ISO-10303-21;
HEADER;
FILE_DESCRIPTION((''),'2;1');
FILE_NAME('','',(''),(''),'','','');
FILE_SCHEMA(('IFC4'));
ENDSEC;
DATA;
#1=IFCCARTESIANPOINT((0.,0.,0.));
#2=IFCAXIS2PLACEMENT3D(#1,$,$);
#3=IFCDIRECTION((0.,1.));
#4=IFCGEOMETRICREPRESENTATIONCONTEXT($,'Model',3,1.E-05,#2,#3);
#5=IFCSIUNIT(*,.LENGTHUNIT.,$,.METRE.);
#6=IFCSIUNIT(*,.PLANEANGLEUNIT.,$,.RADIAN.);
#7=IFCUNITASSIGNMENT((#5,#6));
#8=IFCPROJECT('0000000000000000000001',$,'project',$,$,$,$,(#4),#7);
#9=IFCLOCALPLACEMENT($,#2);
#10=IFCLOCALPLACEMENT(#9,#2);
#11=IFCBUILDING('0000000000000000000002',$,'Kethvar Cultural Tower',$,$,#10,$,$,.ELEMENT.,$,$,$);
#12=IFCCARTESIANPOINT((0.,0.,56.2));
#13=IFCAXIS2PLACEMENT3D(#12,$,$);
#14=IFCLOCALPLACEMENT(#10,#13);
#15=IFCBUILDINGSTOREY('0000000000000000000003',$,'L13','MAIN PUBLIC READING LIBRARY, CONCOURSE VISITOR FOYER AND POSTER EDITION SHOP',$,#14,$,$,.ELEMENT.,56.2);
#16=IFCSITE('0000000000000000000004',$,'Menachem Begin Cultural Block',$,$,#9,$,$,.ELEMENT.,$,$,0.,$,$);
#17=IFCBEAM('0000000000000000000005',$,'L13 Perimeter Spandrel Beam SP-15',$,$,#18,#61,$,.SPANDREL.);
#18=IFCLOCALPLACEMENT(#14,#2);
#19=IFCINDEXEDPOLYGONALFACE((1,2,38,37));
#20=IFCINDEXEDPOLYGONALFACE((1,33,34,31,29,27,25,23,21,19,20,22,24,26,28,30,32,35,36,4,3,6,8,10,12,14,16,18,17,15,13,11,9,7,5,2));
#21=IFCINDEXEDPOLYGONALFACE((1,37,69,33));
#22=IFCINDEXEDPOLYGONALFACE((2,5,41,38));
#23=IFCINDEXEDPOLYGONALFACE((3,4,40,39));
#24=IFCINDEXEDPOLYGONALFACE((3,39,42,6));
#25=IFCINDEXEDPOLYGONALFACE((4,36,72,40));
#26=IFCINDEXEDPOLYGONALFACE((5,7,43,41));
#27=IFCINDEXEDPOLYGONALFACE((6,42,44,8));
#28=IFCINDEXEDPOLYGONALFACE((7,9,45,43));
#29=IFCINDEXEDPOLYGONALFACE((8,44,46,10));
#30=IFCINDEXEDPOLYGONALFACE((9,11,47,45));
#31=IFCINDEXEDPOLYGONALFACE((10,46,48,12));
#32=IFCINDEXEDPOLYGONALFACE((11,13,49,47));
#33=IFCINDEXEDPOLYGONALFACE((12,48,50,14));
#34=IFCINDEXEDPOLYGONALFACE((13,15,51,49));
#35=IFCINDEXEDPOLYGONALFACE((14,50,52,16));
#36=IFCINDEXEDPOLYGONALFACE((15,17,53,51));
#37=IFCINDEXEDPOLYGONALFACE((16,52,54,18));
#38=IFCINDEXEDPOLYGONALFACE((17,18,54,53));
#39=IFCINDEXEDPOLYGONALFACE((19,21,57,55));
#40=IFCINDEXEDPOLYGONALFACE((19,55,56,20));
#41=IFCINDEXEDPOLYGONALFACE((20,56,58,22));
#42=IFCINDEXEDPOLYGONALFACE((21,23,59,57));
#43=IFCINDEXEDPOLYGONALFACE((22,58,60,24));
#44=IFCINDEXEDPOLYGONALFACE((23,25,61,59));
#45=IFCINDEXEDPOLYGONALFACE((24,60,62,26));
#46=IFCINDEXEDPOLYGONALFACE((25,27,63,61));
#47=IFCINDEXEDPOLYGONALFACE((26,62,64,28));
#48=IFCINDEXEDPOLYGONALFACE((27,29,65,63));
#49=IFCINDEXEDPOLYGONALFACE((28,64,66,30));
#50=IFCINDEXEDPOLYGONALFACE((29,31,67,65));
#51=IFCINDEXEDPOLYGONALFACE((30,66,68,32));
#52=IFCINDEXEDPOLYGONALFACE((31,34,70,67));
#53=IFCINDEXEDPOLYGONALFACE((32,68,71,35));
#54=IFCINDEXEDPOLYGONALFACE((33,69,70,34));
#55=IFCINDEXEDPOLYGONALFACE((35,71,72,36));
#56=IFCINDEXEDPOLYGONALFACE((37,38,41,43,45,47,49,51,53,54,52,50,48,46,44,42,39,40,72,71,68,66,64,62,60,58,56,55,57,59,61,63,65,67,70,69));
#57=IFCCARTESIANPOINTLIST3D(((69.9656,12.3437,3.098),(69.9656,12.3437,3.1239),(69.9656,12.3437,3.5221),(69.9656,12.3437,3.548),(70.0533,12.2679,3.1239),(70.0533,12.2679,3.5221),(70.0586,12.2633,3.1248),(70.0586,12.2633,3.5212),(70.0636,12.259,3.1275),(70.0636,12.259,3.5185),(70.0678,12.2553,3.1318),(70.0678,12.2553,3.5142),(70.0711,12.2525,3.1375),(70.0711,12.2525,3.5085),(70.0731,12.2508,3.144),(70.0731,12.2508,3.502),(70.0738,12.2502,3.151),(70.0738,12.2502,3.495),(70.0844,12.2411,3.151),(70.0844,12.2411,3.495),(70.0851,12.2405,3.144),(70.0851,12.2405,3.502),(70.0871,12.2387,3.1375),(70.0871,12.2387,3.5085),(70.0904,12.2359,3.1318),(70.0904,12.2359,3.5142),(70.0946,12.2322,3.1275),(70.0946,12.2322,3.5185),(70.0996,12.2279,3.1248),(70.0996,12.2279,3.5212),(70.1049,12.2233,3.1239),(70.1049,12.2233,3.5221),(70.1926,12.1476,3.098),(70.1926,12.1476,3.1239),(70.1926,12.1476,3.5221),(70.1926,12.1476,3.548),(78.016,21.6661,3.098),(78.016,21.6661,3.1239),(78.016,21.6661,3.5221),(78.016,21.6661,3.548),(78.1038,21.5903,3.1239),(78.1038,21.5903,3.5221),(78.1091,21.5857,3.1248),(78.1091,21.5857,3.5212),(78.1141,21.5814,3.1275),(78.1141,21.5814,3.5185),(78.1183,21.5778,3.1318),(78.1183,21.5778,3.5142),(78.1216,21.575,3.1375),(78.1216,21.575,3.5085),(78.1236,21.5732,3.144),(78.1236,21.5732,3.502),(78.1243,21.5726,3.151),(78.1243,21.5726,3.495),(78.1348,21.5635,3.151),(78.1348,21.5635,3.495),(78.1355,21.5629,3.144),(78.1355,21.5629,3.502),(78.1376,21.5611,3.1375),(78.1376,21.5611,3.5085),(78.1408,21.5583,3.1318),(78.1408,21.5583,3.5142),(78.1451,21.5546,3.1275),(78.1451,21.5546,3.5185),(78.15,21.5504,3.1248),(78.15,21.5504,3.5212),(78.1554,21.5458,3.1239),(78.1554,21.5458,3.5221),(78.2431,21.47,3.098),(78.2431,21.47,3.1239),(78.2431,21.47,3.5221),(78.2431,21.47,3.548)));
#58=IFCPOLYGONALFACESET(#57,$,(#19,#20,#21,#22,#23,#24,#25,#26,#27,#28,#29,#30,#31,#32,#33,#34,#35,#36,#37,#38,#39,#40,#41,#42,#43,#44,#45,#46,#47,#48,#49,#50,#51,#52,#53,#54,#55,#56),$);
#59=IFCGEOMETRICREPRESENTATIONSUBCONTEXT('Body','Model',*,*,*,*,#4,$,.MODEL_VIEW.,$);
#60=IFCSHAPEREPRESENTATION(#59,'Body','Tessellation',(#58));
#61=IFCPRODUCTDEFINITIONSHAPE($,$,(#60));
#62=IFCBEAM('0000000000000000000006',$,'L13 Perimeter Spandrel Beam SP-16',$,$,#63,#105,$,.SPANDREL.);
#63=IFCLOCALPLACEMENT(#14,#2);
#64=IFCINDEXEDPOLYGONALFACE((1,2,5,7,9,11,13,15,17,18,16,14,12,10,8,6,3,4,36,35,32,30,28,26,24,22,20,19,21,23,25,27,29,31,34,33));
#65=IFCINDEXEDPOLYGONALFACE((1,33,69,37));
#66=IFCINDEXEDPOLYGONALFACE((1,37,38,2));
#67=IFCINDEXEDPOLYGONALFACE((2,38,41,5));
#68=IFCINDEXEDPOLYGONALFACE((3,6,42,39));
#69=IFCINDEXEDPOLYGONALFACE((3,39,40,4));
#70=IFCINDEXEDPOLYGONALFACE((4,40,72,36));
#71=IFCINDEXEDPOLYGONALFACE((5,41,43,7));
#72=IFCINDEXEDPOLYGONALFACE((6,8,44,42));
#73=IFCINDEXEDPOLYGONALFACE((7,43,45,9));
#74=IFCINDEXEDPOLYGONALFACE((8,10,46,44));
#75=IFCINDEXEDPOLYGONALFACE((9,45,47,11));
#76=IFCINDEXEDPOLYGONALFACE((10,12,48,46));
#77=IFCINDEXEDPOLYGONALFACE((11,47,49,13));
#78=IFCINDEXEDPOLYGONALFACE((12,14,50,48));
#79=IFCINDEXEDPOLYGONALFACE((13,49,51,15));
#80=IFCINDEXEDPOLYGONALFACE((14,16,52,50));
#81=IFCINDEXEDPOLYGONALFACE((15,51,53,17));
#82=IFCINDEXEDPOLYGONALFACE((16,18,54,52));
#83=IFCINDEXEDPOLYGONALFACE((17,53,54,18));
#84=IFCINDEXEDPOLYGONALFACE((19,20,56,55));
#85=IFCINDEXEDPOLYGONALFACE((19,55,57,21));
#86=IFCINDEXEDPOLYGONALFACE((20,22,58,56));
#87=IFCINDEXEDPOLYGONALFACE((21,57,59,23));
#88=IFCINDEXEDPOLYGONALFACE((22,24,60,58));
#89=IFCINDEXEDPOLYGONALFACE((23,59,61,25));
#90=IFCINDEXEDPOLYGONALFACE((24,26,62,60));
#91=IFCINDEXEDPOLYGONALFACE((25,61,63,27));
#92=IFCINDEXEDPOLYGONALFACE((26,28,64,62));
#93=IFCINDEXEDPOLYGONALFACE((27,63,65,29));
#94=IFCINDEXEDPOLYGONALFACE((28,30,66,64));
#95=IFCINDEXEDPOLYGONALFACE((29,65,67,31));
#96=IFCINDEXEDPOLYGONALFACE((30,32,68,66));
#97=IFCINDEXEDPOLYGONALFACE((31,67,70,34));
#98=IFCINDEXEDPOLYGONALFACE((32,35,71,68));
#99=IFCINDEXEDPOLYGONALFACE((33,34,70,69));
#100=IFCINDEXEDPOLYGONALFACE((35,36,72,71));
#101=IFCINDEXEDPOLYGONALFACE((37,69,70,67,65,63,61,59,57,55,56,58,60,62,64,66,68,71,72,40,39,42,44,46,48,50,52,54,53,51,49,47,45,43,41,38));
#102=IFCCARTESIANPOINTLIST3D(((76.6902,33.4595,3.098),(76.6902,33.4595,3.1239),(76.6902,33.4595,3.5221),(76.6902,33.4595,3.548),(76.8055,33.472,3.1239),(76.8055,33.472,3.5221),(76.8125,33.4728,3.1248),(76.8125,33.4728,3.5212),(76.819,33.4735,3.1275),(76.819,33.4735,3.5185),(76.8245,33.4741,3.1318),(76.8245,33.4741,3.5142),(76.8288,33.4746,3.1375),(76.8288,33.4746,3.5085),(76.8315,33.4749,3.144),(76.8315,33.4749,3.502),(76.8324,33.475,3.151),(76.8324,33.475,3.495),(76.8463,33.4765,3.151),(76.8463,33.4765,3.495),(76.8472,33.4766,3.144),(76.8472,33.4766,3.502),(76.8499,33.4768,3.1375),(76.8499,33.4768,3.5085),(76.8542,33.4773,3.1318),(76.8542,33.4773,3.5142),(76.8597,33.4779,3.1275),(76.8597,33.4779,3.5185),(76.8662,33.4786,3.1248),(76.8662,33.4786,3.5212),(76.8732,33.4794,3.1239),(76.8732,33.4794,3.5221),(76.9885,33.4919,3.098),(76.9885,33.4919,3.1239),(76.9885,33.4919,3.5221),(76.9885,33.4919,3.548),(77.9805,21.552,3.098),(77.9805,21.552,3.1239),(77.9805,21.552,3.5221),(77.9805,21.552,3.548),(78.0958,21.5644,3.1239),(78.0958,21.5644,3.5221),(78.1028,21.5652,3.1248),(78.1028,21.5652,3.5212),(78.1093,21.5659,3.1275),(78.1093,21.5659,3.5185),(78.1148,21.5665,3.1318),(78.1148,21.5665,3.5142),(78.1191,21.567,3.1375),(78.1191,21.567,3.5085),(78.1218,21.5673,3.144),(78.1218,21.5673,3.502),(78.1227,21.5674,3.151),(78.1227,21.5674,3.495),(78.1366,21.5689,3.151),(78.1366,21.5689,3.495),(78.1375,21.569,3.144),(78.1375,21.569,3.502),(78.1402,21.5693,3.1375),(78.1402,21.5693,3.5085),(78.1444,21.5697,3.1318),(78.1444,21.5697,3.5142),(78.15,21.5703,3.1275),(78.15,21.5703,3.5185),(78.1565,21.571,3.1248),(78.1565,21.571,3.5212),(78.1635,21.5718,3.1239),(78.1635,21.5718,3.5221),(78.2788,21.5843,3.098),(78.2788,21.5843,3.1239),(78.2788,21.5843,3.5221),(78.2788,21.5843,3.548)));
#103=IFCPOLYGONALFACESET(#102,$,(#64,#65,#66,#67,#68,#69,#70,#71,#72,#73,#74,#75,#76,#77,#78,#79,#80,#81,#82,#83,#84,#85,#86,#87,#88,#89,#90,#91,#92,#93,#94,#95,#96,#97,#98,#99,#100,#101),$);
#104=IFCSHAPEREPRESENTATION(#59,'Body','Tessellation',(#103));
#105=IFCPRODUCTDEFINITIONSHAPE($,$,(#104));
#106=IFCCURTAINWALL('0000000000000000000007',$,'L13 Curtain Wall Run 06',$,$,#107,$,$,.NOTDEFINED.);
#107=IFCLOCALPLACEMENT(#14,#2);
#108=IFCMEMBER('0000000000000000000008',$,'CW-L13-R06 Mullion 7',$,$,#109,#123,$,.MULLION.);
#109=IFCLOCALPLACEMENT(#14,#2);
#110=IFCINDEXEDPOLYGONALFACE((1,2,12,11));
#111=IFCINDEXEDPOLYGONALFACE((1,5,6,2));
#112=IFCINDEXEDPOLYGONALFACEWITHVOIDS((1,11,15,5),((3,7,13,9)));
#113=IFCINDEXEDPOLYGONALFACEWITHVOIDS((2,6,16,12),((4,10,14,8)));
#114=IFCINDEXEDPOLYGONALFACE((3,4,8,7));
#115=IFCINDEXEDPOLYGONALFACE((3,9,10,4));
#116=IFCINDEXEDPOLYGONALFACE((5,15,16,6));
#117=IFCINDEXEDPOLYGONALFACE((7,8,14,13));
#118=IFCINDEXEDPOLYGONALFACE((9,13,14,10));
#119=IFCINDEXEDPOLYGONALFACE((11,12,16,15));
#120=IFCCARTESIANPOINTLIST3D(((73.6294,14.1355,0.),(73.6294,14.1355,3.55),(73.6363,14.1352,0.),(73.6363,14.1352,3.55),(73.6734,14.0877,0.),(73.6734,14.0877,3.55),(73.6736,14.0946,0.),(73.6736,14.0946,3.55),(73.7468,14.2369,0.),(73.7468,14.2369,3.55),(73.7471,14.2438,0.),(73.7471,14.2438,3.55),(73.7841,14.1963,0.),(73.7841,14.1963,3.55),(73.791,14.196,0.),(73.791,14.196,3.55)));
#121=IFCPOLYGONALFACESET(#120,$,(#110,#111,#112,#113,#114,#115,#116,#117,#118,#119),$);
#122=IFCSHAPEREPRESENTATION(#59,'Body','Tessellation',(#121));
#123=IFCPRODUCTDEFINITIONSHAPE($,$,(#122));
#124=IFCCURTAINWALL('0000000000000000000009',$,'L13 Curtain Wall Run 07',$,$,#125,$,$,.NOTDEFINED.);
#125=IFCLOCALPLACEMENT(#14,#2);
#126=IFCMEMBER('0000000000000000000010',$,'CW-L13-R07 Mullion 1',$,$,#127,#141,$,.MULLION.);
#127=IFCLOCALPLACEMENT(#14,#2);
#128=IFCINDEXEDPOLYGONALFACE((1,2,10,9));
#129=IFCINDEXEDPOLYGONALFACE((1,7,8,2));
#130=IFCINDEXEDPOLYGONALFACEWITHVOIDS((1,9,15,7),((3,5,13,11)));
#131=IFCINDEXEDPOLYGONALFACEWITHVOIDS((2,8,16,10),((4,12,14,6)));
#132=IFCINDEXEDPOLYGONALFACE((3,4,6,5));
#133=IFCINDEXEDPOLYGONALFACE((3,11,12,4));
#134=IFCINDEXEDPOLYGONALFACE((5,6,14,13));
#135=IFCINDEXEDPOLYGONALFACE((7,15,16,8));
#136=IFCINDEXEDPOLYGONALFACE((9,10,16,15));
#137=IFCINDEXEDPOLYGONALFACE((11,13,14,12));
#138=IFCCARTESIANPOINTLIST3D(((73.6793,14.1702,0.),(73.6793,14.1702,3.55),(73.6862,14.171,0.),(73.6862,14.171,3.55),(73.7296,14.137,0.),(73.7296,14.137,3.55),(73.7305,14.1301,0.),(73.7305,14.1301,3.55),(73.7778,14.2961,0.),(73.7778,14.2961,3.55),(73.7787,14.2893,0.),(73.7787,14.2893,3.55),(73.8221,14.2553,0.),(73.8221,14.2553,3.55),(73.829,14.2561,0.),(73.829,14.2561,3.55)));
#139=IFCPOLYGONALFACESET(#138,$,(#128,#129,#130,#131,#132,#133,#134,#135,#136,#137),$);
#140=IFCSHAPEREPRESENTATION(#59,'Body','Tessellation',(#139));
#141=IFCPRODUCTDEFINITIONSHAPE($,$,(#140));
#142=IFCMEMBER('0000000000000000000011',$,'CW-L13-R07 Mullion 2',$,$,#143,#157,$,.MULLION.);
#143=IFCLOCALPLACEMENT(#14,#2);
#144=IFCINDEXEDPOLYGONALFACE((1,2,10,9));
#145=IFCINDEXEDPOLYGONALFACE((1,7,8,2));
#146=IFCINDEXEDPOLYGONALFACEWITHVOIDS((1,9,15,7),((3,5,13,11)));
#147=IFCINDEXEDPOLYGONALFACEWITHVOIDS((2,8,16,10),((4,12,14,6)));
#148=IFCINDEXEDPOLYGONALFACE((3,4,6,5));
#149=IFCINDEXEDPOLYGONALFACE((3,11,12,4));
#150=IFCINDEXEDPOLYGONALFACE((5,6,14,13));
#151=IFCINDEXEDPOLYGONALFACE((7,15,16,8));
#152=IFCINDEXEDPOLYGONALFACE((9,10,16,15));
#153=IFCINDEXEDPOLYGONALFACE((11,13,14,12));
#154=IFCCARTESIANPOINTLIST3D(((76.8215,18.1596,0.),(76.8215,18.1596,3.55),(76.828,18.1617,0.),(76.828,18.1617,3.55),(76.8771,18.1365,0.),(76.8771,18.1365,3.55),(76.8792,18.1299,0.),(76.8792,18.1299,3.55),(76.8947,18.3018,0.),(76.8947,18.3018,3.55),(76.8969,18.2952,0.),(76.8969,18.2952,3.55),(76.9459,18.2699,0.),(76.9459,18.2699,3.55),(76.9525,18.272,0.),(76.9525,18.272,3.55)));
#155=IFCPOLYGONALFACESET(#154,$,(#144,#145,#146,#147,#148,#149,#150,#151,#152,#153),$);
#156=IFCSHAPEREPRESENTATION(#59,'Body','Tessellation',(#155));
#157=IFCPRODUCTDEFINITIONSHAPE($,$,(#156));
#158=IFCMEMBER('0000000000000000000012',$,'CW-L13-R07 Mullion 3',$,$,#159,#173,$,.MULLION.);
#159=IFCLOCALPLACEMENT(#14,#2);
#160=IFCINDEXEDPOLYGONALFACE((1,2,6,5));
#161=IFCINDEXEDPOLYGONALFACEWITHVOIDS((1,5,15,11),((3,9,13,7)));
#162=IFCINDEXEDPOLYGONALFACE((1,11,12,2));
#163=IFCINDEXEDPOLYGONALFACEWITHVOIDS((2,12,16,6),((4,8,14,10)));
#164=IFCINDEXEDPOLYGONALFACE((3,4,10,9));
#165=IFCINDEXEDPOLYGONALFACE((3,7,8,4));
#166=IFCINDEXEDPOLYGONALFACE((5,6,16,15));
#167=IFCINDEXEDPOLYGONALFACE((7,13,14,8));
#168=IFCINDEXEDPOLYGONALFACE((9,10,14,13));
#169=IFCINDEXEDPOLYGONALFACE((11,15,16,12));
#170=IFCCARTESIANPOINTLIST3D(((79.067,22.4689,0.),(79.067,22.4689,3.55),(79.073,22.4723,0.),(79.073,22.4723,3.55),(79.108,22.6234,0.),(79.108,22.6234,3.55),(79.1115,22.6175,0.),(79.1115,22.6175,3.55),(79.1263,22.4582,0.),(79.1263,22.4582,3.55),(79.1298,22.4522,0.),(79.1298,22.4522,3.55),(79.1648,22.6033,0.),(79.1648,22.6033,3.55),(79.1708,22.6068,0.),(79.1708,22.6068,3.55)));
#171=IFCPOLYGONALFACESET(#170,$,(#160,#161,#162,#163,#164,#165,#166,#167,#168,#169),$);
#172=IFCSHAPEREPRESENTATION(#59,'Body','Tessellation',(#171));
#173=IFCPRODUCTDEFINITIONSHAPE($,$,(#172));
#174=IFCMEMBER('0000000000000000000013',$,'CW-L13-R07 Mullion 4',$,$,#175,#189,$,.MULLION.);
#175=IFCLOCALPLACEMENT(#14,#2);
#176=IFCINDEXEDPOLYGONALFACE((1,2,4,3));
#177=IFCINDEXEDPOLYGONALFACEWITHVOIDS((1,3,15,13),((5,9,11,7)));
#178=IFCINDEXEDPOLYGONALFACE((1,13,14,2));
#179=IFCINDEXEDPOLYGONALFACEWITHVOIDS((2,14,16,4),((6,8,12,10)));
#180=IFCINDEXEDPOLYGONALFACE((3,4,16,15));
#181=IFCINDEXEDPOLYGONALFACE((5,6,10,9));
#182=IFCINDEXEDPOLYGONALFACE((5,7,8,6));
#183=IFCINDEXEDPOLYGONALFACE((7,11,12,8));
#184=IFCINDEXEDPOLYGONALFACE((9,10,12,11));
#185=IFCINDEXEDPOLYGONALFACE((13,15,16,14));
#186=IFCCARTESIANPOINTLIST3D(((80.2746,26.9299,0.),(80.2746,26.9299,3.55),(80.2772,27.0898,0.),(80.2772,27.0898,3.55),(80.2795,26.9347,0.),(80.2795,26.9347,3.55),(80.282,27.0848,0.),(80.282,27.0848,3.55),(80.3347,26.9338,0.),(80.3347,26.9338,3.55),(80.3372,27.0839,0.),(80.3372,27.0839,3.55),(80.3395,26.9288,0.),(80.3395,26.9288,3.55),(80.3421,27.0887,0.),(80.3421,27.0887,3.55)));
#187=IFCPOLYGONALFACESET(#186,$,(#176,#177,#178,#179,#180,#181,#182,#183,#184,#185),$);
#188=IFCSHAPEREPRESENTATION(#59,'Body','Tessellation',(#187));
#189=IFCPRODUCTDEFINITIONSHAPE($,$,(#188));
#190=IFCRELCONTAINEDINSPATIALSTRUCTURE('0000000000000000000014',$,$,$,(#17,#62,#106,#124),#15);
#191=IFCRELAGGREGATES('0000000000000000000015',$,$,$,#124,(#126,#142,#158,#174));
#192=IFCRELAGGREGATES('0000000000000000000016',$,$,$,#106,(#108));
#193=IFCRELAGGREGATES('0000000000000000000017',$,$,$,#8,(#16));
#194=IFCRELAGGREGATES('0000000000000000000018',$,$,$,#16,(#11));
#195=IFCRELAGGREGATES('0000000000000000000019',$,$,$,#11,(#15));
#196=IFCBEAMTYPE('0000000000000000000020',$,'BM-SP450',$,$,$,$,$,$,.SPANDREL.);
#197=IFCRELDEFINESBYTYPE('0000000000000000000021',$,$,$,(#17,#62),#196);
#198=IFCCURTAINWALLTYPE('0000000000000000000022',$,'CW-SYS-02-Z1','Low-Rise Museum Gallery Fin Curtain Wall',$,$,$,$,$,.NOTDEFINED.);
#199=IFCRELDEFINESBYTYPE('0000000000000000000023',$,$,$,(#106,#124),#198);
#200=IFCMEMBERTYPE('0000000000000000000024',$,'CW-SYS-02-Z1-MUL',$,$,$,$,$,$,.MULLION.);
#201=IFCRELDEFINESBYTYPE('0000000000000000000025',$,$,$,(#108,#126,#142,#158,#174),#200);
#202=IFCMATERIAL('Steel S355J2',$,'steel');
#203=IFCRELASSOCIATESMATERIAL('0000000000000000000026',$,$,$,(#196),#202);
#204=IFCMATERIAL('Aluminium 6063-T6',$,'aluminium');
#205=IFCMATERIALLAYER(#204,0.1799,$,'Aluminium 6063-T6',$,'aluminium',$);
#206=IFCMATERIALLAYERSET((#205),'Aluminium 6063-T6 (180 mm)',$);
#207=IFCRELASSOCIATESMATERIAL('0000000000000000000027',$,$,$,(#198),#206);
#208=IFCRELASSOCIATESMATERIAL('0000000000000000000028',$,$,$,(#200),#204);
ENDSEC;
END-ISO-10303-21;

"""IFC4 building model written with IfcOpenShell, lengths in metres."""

from ifc_helpers import new_model, si_unit, direction, frame, origin, origin_2d, place, context, subcontext, project, spatial, hollow_rectangle, i_section, extrude, source, transform, mapped, material, layer, layer_set, material_profile, profile_set, type_object, element, aggregate, save


model = new_model("IFC4")

# Units and contexts
model_context = context("Model", 3, precision=1e-05, world=origin(), true_north=direction((0.0, 1.0)))
body_context = subcontext(model_context, "Body", "Model", "MODEL_VIEW")
ifc_project = project(units=[si_unit("LENGTHUNIT", "METRE"), si_unit("PLANEANGLEUNIT", "RADIAN")], contexts=[model_context])

# Site, building, storey
site_placement = place(None, origin())
site = spatial("IfcSite", under=ifc_project, at=site_placement, Name="Menachem Begin Cultural Block", CompositionType="ELEMENT", RefElevation=0.0)
building_placement = place(site_placement, origin())
building = spatial("IfcBuilding", under=site, at=building_placement, Name="Kethvar Cultural Tower", CompositionType="ELEMENT")
storey_placement = place(building_placement, frame((0.0, 0.0, 56.2)))
storey = spatial("IfcBuildingStorey", under=building, at=storey_placement, Name="L13", Description="MAIN PUBLIC READING LIBRARY, CONCOURSE VISITOR FOYER AND POSTER EDITION SHOP", CompositionType="ELEMENT", Elevation=56.2)

# Beams
ifc_material_1 = material(Name="Steel S355J2", Category="steel")
ifc_material_profile_1 = material_profile(ifc_material_1, i_section(OverallWidth=0.3, OverallDepth=0.45, WebThickness=0.0139, FlangeThickness=0.0259, FilletRadius=0.0271, at=origin_2d()), Name="Steel S355J2 — HEB450")
ifc_profile_set_1 = profile_set([ifc_material_profile_1], Name="Steel S355J2 — HEB450")
beam_type_1 = type_object("IfcBeamType", Name="BM-SP450", PredefinedType="SPANDREL", material=ifc_profile_set_1)
shared_shape_1 = source(origin(), body_context, "Body", "SweptSolid", [
    extrude(i_section(OverallWidth=0.3, OverallDepth=0.45, WebThickness=0.0139, FlangeThickness=0.0259, FilletRadius=0.0271, at=origin_2d()), origin(), (0.0, 0.0, 1.0), 12.3174),
])
beam_1_placement = place(storey_placement, frame((70.0791, 12.2456, 3.323), z_axis=(0.653586, 0.756852, 0.0), x_axis=(-0.756852, 0.653586, 0.0)))
element("IfcBeam", 1, at=beam_1_placement, inside=storey, type_object=beam_type_1, Name="L13 Perimeter Spandrel Beam SP-15", PredefinedType="SPANDREL", context=body_context, shape_type="MappedRepresentation", body=[
    mapped(shared_shape_1, transform((0.0, 0.0, 0.0), scale=1.0)),
])
shared_shape_2 = source(origin(), body_context, "Body", "SweptSolid", [
    extrude(i_section(OverallWidth=0.3, OverallDepth=0.45, WebThickness=0.0139, FlangeThickness=0.0259, FilletRadius=0.0271, at=origin_2d()), origin(), (0.0, 0.0, 1.0), 11.9773),
])
beam_2_placement = place(storey_placement, frame((78.1296, 21.5681, 3.323), z_axis=(-0.107729, 0.99418, 0.0), x_axis=(-0.99418, -0.107729, 0.0)))
element("IfcBeam", 2, at=beam_2_placement, inside=storey, type_object=beam_type_1, Name="L13 Perimeter Spandrel Beam SP-16", PredefinedType="SPANDREL", context=body_context, shape_type="MappedRepresentation", body=[
    mapped(shared_shape_2, transform((0.0, 0.0, 0.0), scale=1.0)),
])

# Curtain wall, member
ifc_material_2 = material(Name="Aluminium 6063-T6", Category="aluminium")
ifc_layer_1 = layer(ifc_material_2, 0.1799, Name="Aluminium 6063-T6", Category="aluminium")
ifc_layer_set_1 = layer_set([ifc_layer_1], Name="Aluminium 6063-T6 (180 mm)")
curtain_wall_type = type_object("IfcCurtainWallType", Name="CW-SYS-02-Z1", Description="Low-Rise Museum Gallery Fin Curtain Wall", PredefinedType="NOTDEFINED", material=ifc_layer_set_1)
curtain_wall_1_placement = place(storey_placement, origin())
curtain_wall_1 = element("IfcCurtainWall", 3, at=curtain_wall_1_placement, inside=storey, type_object=curtain_wall_type, Name="L13 Curtain Wall Run 06", PredefinedType="NOTDEFINED")
ifc_material_profile_2 = material_profile(ifc_material_2, hollow_rectangle(XDim=0.0649, YDim=0.1599, WallThickness=0.0049, at=origin_2d()), Name="Aluminium 6063-T6 — RHS160x65x5")
ifc_profile_set_2 = profile_set([ifc_material_profile_2], Name="Aluminium 6063-T6 — RHS160x65x5")
member_type_1 = type_object("IfcMemberType", Name="CW-SYS-02-Z1-MUL", PredefinedType="MULLION", material=ifc_profile_set_2)
shared_shape_3 = source(origin(), body_context, "Body", "SweptSolid", [
    extrude(hollow_rectangle(XDim=0.0649, YDim=0.1599, WallThickness=0.0049, at=origin_2d()), origin(), (0.0, 0.0, 1.0), 3.55),
])
member_1_placement = place(storey_placement, frame((73.7102, 14.1658, 0.0), z_axis=(0.0, 0.0, 1.0), x_axis=(-0.677107, 0.735884, 0.0)))
member_1 = element("IfcMember", 4, at=member_1_placement, type_object=member_type_1, Name="CW-L13-R06 Mullion 7", PredefinedType="MULLION", context=body_context, shape_type="MappedRepresentation", body=[
    mapped(shared_shape_3, transform((0.0, 0.0, 0.0), scale=1.0)),
])

# Curtain wall, members
curtain_wall_2_placement = place(storey_placement, origin())
curtain_wall_2 = element("IfcCurtainWall", 5, at=curtain_wall_2_placement, inside=storey, type_object=curtain_wall_type, Name="L13 Curtain Wall Run 07", PredefinedType="NOTDEFINED")
member_2_placement = place(storey_placement, frame((73.7542, 14.2131, 0.0), z_axis=(0.0, 0.0, 1.0), x_axis=(-0.787721, 0.616033, 0.0)))
member_2 = element("IfcMember", 6, at=member_2_placement, type_object=member_type_1, Name="CW-L13-R07 Mullion 1", PredefinedType="MULLION", context=body_context, shape_type="MappedRepresentation", body=[
    mapped(shared_shape_3, transform((0.0, 0.0, 0.0), scale=1.0)),
])
member_3_placement = place(storey_placement, frame((76.887, 18.2158, 0.0), z_axis=(0.0, 0.0, 1.0), x_axis=(-0.888785, 0.458324, 0.0)))
member_3 = element("IfcMember", 7, at=member_3_placement, type_object=member_type_1, Name="CW-L13-R07 Mullion 2", PredefinedType="MULLION", context=body_context, shape_type="MappedRepresentation", body=[
    mapped(shared_shape_3, transform((0.0, 0.0, 0.0), scale=1.0)),
])
member_4_placement = place(storey_placement, frame((79.1189, 22.5378, 0.0), z_axis=(0.0, 0.0, 1.0), x_axis=(-0.966587, 0.25634, 0.0)))
member_4 = element("IfcMember", 8, at=member_4_placement, type_object=member_type_1, Name="CW-L13-R07 Mullion 3", PredefinedType="MULLION", context=body_context, shape_type="MappedRepresentation", body=[
    mapped(shared_shape_3, transform((0.0, 0.0, 0.0), scale=1.0)),
])
member_5_placement = place(storey_placement, frame((80.3083, 27.0093, 0.0), z_axis=(0.0, 0.0, 1.0), x_axis=(-0.999862, 0.016632, 0.0)))
member_5 = element("IfcMember", 9, at=member_5_placement, type_object=member_type_1, Name="CW-L13-R07 Mullion 4", PredefinedType="MULLION", context=body_context, shape_type="MappedRepresentation", body=[
    mapped(shared_shape_3, transform((0.0, 0.0, 0.0), scale=1.0)),
])
aggregate(curtain_wall_2, [member_2, member_3, member_4, member_5])

aggregate(curtain_wall_1, [member_1])

save(model, "model.ifc")
